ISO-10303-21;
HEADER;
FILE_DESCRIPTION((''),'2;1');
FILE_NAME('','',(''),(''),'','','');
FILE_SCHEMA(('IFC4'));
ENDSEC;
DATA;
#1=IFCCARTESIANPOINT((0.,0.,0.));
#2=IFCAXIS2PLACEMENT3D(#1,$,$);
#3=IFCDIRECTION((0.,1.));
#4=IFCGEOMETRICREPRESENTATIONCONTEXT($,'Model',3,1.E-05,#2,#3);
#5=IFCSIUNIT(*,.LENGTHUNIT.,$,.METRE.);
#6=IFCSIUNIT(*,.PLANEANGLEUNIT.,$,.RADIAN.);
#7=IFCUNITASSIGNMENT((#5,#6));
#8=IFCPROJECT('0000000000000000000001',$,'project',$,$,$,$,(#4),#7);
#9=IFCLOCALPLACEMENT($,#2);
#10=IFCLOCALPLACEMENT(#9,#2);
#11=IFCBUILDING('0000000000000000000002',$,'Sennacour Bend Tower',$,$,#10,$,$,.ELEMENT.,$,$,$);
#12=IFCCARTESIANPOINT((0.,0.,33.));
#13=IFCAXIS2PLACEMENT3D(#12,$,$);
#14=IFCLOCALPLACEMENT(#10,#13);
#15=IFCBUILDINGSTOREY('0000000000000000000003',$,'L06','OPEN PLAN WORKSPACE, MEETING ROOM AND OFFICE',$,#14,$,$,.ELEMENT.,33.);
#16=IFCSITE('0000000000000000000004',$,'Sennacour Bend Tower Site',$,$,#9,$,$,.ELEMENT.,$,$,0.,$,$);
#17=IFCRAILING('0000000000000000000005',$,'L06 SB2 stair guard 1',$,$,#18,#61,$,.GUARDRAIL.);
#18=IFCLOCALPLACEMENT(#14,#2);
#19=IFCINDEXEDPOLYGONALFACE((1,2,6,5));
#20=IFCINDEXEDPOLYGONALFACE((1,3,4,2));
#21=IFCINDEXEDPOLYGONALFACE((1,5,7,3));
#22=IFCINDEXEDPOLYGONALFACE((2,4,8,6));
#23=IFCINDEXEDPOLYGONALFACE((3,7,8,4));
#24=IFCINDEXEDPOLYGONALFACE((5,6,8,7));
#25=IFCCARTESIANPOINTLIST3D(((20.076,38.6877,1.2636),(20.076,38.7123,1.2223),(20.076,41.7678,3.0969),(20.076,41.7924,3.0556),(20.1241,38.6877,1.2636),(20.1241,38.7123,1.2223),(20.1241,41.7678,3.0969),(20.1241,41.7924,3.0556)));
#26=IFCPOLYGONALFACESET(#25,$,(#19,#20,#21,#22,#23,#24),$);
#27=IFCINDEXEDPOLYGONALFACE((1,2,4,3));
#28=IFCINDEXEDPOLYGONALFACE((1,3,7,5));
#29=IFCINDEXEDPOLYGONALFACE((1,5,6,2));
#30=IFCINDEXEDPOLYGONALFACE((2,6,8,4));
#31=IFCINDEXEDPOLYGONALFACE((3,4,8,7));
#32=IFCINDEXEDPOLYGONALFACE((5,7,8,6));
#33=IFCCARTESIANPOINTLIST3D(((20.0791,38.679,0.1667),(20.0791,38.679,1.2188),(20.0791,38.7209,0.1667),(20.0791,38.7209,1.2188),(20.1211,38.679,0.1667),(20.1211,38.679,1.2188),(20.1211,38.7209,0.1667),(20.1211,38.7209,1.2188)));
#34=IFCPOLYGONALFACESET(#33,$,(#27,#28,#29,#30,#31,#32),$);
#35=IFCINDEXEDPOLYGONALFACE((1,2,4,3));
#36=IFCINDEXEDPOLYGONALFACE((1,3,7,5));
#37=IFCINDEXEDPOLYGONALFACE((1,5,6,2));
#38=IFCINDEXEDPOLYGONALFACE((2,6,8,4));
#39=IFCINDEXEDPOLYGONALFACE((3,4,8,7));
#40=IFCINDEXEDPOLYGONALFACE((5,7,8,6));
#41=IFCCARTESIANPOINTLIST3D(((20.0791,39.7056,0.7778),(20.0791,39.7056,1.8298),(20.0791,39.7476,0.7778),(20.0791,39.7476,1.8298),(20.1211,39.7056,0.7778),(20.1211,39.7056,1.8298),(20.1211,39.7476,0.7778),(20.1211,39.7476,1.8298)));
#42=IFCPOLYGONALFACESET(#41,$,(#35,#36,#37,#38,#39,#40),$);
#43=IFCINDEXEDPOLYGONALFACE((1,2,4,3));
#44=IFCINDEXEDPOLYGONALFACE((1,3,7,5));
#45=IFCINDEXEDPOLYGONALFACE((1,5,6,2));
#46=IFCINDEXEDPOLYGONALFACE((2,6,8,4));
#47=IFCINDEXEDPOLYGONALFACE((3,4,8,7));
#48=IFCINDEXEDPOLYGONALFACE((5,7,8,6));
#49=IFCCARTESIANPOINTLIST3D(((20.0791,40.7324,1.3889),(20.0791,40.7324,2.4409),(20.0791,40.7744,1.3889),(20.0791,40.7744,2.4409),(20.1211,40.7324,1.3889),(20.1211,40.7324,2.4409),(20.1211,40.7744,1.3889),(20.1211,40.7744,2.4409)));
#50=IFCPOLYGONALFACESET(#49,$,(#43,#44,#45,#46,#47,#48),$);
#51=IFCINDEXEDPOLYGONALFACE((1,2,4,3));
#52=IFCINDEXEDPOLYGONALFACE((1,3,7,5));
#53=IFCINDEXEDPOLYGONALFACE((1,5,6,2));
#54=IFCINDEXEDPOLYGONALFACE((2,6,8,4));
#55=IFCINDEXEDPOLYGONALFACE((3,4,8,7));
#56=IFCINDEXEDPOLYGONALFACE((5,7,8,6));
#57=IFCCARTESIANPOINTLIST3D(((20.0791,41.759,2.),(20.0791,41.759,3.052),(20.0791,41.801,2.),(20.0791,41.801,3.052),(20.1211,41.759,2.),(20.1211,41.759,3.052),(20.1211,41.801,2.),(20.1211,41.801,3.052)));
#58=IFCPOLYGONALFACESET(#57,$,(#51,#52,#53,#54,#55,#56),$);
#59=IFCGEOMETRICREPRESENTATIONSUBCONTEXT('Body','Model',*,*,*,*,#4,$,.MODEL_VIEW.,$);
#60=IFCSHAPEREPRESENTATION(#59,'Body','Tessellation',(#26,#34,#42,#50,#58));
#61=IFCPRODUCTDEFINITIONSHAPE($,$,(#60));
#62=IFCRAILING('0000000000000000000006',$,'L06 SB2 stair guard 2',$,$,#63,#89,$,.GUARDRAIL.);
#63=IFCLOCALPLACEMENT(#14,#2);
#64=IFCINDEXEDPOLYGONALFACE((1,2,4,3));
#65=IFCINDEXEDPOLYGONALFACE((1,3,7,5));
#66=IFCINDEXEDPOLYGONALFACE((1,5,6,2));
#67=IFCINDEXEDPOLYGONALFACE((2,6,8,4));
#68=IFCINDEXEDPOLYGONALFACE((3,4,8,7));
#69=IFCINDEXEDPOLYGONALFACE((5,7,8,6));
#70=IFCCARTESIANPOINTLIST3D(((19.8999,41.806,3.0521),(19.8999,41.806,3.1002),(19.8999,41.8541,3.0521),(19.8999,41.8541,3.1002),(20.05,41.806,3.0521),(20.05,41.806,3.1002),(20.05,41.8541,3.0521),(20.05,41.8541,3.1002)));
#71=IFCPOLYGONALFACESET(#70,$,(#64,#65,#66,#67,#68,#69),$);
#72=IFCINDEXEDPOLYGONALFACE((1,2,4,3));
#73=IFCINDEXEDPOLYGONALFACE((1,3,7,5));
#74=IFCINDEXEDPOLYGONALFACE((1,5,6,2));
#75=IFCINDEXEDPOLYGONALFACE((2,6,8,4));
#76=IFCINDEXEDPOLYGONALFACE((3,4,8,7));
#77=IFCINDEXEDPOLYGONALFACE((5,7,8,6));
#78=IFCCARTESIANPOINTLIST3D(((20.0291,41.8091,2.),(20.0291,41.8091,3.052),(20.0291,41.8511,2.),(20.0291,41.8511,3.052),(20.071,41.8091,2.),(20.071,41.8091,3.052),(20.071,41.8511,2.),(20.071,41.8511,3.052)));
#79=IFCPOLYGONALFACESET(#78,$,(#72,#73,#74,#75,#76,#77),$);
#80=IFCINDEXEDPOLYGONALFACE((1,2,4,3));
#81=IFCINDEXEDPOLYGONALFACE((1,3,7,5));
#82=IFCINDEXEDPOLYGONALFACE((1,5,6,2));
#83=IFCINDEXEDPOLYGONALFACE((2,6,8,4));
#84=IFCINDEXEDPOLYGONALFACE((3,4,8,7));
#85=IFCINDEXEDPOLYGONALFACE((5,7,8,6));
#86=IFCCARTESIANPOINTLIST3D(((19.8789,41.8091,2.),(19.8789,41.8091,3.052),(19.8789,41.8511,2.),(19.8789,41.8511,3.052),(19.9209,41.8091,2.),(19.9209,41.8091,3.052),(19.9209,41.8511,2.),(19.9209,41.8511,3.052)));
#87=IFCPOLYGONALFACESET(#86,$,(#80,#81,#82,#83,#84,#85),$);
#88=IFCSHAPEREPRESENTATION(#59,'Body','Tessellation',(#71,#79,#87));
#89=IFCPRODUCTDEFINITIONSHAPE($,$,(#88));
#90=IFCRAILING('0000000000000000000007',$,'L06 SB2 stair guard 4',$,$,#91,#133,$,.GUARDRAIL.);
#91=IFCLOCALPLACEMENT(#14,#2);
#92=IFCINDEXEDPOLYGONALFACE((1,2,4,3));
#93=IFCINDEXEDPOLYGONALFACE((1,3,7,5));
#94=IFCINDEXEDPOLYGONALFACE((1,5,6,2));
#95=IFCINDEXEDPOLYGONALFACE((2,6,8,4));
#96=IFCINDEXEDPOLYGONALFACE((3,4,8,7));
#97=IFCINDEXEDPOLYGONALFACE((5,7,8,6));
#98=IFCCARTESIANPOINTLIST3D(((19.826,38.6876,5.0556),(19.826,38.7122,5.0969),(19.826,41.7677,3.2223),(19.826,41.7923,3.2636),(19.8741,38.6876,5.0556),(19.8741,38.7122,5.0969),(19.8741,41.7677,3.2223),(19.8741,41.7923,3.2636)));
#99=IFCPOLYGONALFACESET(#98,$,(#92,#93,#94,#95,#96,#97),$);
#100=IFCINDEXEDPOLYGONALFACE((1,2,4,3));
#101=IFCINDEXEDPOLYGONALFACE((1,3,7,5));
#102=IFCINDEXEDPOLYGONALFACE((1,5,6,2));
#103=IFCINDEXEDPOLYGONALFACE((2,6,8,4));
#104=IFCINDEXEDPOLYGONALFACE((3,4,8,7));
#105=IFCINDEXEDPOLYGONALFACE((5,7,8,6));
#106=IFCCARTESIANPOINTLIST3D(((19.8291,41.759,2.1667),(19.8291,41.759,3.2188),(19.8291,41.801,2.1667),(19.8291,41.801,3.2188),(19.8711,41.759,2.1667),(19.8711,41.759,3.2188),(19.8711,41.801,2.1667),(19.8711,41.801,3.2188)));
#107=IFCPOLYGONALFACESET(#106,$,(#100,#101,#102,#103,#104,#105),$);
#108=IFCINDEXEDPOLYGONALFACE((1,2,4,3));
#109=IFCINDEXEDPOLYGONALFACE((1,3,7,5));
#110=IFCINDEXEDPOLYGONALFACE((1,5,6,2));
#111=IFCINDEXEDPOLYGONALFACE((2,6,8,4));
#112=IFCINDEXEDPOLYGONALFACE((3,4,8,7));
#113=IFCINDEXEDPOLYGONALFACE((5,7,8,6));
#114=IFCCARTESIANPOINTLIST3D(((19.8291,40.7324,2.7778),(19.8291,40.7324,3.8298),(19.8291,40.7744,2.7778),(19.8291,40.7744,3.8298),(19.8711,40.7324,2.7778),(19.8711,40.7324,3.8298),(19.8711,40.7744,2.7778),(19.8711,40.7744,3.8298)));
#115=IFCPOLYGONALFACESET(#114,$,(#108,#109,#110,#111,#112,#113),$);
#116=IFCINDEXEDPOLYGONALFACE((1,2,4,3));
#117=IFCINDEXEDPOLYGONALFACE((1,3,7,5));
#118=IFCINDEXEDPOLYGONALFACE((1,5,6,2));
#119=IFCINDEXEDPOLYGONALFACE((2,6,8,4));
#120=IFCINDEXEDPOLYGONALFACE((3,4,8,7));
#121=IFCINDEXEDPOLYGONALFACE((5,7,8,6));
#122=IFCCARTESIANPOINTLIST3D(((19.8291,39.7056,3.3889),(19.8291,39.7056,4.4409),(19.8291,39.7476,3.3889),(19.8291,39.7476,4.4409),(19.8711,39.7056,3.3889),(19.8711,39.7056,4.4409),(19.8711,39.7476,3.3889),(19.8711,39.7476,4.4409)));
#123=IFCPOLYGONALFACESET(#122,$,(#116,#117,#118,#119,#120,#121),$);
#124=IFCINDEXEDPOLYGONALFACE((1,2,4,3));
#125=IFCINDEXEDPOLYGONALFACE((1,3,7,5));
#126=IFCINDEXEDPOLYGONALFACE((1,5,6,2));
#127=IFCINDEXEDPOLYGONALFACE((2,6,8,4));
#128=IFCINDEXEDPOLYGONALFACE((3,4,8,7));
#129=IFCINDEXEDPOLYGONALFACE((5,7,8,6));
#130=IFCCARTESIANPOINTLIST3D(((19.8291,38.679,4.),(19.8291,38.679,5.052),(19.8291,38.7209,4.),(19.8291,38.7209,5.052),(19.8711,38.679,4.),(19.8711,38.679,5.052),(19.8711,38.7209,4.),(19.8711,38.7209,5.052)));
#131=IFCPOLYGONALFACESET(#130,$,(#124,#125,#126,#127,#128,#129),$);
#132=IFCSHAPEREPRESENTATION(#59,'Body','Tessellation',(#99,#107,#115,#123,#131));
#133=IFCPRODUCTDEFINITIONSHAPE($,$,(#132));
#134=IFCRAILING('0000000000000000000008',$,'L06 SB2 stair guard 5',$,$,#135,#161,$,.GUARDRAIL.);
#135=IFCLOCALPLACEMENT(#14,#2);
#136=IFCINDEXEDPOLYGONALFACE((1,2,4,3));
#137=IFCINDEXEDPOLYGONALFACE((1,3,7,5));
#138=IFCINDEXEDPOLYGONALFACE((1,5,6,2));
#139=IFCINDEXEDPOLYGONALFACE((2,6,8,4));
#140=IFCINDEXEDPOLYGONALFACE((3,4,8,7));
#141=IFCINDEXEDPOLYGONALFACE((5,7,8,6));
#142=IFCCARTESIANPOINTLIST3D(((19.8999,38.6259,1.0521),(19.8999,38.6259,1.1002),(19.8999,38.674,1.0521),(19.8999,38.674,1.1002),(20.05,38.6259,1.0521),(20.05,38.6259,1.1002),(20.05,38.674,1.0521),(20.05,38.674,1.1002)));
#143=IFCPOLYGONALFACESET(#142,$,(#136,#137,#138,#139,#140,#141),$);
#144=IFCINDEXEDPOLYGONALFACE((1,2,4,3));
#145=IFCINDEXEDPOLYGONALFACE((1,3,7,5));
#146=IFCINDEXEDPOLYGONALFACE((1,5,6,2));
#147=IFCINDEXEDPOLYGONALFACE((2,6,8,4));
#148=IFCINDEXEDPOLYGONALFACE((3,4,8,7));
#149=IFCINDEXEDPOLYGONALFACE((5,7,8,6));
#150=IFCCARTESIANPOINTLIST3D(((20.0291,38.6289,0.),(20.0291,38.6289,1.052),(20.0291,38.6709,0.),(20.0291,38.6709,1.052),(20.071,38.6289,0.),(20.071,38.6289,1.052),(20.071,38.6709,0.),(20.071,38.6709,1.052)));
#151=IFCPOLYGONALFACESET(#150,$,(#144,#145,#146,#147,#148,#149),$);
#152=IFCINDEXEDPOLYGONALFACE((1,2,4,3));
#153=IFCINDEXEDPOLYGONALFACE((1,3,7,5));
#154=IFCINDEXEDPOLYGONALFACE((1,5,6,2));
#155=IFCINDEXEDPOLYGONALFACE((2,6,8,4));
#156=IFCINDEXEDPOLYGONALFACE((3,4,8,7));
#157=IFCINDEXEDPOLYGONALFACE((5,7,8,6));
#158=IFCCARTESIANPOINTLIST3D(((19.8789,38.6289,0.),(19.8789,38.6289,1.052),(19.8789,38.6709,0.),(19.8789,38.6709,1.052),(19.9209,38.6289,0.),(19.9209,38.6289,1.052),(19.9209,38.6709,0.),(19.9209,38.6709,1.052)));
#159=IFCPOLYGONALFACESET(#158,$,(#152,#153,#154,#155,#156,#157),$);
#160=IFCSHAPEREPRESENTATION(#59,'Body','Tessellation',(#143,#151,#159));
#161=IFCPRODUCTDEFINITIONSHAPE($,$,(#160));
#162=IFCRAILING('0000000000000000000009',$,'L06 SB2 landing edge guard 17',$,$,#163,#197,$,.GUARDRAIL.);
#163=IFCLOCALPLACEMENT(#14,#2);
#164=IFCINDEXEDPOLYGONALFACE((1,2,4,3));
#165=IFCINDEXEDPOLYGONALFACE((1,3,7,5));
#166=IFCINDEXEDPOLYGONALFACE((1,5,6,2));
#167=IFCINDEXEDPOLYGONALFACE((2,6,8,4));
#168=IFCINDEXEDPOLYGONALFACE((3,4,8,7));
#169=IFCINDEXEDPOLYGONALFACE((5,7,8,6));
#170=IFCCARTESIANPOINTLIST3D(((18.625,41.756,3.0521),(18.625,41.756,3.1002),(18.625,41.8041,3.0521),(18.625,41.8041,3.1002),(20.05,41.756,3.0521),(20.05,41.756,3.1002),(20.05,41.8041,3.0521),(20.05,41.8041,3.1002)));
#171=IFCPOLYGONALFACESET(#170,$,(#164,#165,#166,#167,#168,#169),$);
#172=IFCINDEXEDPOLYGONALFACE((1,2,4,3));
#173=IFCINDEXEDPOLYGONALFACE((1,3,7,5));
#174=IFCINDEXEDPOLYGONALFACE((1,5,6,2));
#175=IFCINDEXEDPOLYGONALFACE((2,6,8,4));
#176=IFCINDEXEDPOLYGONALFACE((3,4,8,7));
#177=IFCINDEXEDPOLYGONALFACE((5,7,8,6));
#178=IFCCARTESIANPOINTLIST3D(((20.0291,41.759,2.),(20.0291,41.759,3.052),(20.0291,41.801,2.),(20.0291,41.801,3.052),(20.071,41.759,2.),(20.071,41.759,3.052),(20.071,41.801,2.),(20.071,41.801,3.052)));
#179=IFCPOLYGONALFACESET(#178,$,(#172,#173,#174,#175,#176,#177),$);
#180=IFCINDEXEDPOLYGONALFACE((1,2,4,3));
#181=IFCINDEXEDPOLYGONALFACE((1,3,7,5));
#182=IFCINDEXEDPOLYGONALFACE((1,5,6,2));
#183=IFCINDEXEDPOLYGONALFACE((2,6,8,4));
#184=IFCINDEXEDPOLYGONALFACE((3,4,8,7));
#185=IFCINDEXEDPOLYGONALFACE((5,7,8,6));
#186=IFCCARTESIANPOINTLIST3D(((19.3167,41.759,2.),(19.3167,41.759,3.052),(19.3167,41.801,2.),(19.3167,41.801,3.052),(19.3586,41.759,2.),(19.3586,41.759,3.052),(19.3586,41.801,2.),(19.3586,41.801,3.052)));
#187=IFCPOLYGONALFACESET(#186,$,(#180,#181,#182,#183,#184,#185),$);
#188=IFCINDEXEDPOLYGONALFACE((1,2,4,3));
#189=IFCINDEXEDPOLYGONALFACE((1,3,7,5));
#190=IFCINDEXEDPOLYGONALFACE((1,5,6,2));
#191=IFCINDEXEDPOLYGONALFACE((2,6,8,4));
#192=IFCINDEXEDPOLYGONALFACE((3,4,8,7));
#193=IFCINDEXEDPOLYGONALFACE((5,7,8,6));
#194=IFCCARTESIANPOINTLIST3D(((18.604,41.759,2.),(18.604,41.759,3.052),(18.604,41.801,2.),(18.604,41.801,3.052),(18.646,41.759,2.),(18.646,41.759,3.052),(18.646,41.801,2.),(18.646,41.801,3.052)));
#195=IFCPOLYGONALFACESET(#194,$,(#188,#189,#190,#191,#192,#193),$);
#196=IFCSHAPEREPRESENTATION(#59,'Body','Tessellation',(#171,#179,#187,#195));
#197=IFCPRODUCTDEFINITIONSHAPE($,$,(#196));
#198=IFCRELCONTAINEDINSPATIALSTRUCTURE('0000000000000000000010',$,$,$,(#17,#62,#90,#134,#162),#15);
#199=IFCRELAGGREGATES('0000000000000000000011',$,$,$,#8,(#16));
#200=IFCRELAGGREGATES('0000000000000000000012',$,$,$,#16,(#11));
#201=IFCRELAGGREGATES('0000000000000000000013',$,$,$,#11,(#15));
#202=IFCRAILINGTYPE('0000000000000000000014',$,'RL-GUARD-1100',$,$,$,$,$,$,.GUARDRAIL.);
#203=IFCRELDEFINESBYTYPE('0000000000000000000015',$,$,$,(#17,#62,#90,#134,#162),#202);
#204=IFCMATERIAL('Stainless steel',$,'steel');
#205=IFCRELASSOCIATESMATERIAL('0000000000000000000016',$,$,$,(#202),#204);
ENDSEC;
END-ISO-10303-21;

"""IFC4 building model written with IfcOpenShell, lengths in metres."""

from ifc_helpers import new_model, si_unit, direction, frame, origin, origin_2d, place, context, subcontext, project, spatial, rectangle, extrude, material, type_object, element, save


model = new_model("IFC4")

# Units and contexts
model_context = context("Model", 3, precision=1e-05, world=origin(), true_north=direction((0.0, 1.0)))
body_context = subcontext(model_context, "Body", "Model", "MODEL_VIEW")
ifc_project = project(units=[si_unit("LENGTHUNIT", "METRE"), si_unit("PLANEANGLEUNIT", "RADIAN")], contexts=[model_context])

# Site, building, storey
site_placement = place(None, origin())
site = spatial("IfcSite", under=ifc_project, at=site_placement, Name="Sennacour Bend Tower Site", CompositionType="ELEMENT", RefElevation=0.0)
building_placement = place(site_placement, origin())
building = spatial("IfcBuilding", under=site, at=building_placement, Name="Sennacour Bend Tower", CompositionType="ELEMENT")
storey_placement = place(building_placement, frame((0.0, 0.0, 33.0)))
storey = spatial("IfcBuildingStorey", under=building, at=storey_placement, Name="L06", Description="OPEN PLAN WORKSPACE, MEETING ROOM AND OFFICE", CompositionType="ELEMENT", Elevation=33.0)

# Shared definitions
ifc_material_1 = material(Name="Stainless steel", Category="steel")

# Railings
railing_type_1 = type_object("IfcRailingType", Name="RL-GUARD-1100", PredefinedType="GUARDRAIL", material=ifc_material_1)
railing_1_placement = place(storey_placement, frame((20.1001, 38.7, 0.1667)))
element("IfcRailing", 1, at=railing_1_placement, inside=storey, type_object=railing_type_1, Name="L06 SB2 stair guard 1", PredefinedType="GUARDRAIL", context=body_context, shape_type="SweptSolid", body=[
    extrude(rectangle(XDim=0.0481, YDim=0.0481, at=origin_2d()), frame((0.0, 0.0, 1.0762), z_axis=(0.0, 0.859309, 0.511458), x_axis=(-1.0, 0.0, 0.0)), (0.0, 0.0, 1.0), 3.5845),
    extrude(rectangle(XDim=0.042, YDim=0.042, at=origin_2d()), origin(), (0.0, 0.0, 1.0), 1.052),
    extrude(rectangle(XDim=0.042, YDim=0.042, at=origin_2d()), frame((0.0, 1.0266, 0.6111)), (0.0, 0.0, 1.0), 1.052),
    extrude(rectangle(XDim=0.042, YDim=0.042, at=origin_2d()), frame((0.0, 2.0535, 1.2222)), (0.0, 0.0, 1.0), 1.052),
    extrude(rectangle(XDim=0.042, YDim=0.042, at=origin_2d()), frame((0.0, 3.0801, 1.8333)), (0.0, 0.0, 1.0), 1.052),
])
railing_2_placement = place(storey_placement, frame((20.05, 41.8301, 2.0)))
element("IfcRailing", 2, at=railing_2_placement, inside=storey, type_object=railing_type_1, Name="L06 SB2 stair guard 2", PredefinedType="GUARDRAIL", context=body_context, shape_type="SweptSolid", body=[
    extrude(rectangle(XDim=0.0481, YDim=0.0481, at=origin_2d()), frame((0.0, 0.0, 1.0762), z_axis=(-1.0, 0.0, 0.0), x_axis=(0.0, -1.0, 0.0)), (0.0, 0.0, 1.0), 0.1501),
    extrude(rectangle(XDim=0.042, YDim=0.042, at=origin_2d()), origin(), (0.0, 0.0, 1.0), 1.052),
    extrude(rectangle(XDim=0.042, YDim=0.042, at=origin_2d()), frame((-0.1501, 0.0, 0.0)), (0.0, 0.0, 1.0), 1.052),
])
railing_3_placement = place(storey_placement, frame((19.8501, 41.78, 2.1667)))
element("IfcRailing", 3, at=railing_3_placement, inside=storey, type_object=railing_type_1, Name="L06 SB2 stair guard 4", PredefinedType="GUARDRAIL", context=body_context, shape_type="SweptSolid", body=[
    extrude(rectangle(XDim=0.0481, YDim=0.0481, at=origin_2d()), frame((0.0, 0.0, 1.0762), z_axis=(0.0, -0.859309, 0.511458), x_axis=(1.0, 0.0, 0.0)), (0.0, 0.0, 1.0), 3.5845),
    extrude(rectangle(XDim=0.042, YDim=0.042, at=origin_2d()), origin(), (0.0, 0.0, 1.0), 1.052),
    extrude(rectangle(XDim=0.042, YDim=0.042, at=origin_2d()), frame((0.0, -1.0266, 0.6111)), (0.0, 0.0, 1.0), 1.052),
    extrude(rectangle(XDim=0.042, YDim=0.042, at=origin_2d()), frame((0.0, -2.0535, 1.2222)), (0.0, 0.0, 1.0), 1.052),
    extrude(rectangle(XDim=0.042, YDim=0.042, at=origin_2d()), frame((0.0, -3.0801, 1.8333)), (0.0, 0.0, 1.0), 1.052),
])
railing_4_placement = place(storey_placement, frame((20.05, 38.6499, 0.0)))
element("IfcRailing", 4, at=railing_4_placement, inside=storey, type_object=railing_type_1, Name="L06 SB2 stair guard 5", PredefinedType="GUARDRAIL", context=body_context, shape_type="SweptSolid", body=[
    extrude(rectangle(XDim=0.0481, YDim=0.0481, at=origin_2d()), frame((0.0, 0.0, 1.0762), z_axis=(-1.0, 0.0, 0.0), x_axis=(0.0, -1.0, 0.0)), (0.0, 0.0, 1.0), 0.1501),
    extrude(rectangle(XDim=0.042, YDim=0.042, at=origin_2d()), origin(), (0.0, 0.0, 1.0), 1.052),
    extrude(rectangle(XDim=0.042, YDim=0.042, at=origin_2d()), frame((-0.1501, 0.0, 0.0)), (0.0, 0.0, 1.0), 1.052),
])
railing_5_placement = place(storey_placement, frame((20.05, 41.78, 2.0)))
element("IfcRailing", 5, at=railing_5_placement, inside=storey, type_object=railing_type_1, Name="L06 SB2 landing edge guard 17", PredefinedType="GUARDRAIL", context=body_context, shape_type="SweptSolid", body=[
    extrude(rectangle(XDim=0.0481, YDim=0.0481, at=origin_2d()), frame((0.0, 0.0, 1.0762), z_axis=(-1.0, 0.0, 0.0), x_axis=(0.0, -1.0, 0.0)), (0.0, 0.0, 1.0), 1.425),
    extrude(rectangle(XDim=0.042, YDim=0.042, at=origin_2d()), origin(), (0.0, 0.0, 1.0), 1.052),
    extrude(rectangle(XDim=0.042, YDim=0.042, at=origin_2d()), frame((-0.7124, 0.0, 0.0)), (0.0, 0.0, 1.0), 1.052),
    extrude(rectangle(XDim=0.042, YDim=0.042, at=origin_2d()), frame((-1.425, 0.0, 0.0)), (0.0, 0.0, 1.0), 1.052),
])

save(model, "model.ifc")
